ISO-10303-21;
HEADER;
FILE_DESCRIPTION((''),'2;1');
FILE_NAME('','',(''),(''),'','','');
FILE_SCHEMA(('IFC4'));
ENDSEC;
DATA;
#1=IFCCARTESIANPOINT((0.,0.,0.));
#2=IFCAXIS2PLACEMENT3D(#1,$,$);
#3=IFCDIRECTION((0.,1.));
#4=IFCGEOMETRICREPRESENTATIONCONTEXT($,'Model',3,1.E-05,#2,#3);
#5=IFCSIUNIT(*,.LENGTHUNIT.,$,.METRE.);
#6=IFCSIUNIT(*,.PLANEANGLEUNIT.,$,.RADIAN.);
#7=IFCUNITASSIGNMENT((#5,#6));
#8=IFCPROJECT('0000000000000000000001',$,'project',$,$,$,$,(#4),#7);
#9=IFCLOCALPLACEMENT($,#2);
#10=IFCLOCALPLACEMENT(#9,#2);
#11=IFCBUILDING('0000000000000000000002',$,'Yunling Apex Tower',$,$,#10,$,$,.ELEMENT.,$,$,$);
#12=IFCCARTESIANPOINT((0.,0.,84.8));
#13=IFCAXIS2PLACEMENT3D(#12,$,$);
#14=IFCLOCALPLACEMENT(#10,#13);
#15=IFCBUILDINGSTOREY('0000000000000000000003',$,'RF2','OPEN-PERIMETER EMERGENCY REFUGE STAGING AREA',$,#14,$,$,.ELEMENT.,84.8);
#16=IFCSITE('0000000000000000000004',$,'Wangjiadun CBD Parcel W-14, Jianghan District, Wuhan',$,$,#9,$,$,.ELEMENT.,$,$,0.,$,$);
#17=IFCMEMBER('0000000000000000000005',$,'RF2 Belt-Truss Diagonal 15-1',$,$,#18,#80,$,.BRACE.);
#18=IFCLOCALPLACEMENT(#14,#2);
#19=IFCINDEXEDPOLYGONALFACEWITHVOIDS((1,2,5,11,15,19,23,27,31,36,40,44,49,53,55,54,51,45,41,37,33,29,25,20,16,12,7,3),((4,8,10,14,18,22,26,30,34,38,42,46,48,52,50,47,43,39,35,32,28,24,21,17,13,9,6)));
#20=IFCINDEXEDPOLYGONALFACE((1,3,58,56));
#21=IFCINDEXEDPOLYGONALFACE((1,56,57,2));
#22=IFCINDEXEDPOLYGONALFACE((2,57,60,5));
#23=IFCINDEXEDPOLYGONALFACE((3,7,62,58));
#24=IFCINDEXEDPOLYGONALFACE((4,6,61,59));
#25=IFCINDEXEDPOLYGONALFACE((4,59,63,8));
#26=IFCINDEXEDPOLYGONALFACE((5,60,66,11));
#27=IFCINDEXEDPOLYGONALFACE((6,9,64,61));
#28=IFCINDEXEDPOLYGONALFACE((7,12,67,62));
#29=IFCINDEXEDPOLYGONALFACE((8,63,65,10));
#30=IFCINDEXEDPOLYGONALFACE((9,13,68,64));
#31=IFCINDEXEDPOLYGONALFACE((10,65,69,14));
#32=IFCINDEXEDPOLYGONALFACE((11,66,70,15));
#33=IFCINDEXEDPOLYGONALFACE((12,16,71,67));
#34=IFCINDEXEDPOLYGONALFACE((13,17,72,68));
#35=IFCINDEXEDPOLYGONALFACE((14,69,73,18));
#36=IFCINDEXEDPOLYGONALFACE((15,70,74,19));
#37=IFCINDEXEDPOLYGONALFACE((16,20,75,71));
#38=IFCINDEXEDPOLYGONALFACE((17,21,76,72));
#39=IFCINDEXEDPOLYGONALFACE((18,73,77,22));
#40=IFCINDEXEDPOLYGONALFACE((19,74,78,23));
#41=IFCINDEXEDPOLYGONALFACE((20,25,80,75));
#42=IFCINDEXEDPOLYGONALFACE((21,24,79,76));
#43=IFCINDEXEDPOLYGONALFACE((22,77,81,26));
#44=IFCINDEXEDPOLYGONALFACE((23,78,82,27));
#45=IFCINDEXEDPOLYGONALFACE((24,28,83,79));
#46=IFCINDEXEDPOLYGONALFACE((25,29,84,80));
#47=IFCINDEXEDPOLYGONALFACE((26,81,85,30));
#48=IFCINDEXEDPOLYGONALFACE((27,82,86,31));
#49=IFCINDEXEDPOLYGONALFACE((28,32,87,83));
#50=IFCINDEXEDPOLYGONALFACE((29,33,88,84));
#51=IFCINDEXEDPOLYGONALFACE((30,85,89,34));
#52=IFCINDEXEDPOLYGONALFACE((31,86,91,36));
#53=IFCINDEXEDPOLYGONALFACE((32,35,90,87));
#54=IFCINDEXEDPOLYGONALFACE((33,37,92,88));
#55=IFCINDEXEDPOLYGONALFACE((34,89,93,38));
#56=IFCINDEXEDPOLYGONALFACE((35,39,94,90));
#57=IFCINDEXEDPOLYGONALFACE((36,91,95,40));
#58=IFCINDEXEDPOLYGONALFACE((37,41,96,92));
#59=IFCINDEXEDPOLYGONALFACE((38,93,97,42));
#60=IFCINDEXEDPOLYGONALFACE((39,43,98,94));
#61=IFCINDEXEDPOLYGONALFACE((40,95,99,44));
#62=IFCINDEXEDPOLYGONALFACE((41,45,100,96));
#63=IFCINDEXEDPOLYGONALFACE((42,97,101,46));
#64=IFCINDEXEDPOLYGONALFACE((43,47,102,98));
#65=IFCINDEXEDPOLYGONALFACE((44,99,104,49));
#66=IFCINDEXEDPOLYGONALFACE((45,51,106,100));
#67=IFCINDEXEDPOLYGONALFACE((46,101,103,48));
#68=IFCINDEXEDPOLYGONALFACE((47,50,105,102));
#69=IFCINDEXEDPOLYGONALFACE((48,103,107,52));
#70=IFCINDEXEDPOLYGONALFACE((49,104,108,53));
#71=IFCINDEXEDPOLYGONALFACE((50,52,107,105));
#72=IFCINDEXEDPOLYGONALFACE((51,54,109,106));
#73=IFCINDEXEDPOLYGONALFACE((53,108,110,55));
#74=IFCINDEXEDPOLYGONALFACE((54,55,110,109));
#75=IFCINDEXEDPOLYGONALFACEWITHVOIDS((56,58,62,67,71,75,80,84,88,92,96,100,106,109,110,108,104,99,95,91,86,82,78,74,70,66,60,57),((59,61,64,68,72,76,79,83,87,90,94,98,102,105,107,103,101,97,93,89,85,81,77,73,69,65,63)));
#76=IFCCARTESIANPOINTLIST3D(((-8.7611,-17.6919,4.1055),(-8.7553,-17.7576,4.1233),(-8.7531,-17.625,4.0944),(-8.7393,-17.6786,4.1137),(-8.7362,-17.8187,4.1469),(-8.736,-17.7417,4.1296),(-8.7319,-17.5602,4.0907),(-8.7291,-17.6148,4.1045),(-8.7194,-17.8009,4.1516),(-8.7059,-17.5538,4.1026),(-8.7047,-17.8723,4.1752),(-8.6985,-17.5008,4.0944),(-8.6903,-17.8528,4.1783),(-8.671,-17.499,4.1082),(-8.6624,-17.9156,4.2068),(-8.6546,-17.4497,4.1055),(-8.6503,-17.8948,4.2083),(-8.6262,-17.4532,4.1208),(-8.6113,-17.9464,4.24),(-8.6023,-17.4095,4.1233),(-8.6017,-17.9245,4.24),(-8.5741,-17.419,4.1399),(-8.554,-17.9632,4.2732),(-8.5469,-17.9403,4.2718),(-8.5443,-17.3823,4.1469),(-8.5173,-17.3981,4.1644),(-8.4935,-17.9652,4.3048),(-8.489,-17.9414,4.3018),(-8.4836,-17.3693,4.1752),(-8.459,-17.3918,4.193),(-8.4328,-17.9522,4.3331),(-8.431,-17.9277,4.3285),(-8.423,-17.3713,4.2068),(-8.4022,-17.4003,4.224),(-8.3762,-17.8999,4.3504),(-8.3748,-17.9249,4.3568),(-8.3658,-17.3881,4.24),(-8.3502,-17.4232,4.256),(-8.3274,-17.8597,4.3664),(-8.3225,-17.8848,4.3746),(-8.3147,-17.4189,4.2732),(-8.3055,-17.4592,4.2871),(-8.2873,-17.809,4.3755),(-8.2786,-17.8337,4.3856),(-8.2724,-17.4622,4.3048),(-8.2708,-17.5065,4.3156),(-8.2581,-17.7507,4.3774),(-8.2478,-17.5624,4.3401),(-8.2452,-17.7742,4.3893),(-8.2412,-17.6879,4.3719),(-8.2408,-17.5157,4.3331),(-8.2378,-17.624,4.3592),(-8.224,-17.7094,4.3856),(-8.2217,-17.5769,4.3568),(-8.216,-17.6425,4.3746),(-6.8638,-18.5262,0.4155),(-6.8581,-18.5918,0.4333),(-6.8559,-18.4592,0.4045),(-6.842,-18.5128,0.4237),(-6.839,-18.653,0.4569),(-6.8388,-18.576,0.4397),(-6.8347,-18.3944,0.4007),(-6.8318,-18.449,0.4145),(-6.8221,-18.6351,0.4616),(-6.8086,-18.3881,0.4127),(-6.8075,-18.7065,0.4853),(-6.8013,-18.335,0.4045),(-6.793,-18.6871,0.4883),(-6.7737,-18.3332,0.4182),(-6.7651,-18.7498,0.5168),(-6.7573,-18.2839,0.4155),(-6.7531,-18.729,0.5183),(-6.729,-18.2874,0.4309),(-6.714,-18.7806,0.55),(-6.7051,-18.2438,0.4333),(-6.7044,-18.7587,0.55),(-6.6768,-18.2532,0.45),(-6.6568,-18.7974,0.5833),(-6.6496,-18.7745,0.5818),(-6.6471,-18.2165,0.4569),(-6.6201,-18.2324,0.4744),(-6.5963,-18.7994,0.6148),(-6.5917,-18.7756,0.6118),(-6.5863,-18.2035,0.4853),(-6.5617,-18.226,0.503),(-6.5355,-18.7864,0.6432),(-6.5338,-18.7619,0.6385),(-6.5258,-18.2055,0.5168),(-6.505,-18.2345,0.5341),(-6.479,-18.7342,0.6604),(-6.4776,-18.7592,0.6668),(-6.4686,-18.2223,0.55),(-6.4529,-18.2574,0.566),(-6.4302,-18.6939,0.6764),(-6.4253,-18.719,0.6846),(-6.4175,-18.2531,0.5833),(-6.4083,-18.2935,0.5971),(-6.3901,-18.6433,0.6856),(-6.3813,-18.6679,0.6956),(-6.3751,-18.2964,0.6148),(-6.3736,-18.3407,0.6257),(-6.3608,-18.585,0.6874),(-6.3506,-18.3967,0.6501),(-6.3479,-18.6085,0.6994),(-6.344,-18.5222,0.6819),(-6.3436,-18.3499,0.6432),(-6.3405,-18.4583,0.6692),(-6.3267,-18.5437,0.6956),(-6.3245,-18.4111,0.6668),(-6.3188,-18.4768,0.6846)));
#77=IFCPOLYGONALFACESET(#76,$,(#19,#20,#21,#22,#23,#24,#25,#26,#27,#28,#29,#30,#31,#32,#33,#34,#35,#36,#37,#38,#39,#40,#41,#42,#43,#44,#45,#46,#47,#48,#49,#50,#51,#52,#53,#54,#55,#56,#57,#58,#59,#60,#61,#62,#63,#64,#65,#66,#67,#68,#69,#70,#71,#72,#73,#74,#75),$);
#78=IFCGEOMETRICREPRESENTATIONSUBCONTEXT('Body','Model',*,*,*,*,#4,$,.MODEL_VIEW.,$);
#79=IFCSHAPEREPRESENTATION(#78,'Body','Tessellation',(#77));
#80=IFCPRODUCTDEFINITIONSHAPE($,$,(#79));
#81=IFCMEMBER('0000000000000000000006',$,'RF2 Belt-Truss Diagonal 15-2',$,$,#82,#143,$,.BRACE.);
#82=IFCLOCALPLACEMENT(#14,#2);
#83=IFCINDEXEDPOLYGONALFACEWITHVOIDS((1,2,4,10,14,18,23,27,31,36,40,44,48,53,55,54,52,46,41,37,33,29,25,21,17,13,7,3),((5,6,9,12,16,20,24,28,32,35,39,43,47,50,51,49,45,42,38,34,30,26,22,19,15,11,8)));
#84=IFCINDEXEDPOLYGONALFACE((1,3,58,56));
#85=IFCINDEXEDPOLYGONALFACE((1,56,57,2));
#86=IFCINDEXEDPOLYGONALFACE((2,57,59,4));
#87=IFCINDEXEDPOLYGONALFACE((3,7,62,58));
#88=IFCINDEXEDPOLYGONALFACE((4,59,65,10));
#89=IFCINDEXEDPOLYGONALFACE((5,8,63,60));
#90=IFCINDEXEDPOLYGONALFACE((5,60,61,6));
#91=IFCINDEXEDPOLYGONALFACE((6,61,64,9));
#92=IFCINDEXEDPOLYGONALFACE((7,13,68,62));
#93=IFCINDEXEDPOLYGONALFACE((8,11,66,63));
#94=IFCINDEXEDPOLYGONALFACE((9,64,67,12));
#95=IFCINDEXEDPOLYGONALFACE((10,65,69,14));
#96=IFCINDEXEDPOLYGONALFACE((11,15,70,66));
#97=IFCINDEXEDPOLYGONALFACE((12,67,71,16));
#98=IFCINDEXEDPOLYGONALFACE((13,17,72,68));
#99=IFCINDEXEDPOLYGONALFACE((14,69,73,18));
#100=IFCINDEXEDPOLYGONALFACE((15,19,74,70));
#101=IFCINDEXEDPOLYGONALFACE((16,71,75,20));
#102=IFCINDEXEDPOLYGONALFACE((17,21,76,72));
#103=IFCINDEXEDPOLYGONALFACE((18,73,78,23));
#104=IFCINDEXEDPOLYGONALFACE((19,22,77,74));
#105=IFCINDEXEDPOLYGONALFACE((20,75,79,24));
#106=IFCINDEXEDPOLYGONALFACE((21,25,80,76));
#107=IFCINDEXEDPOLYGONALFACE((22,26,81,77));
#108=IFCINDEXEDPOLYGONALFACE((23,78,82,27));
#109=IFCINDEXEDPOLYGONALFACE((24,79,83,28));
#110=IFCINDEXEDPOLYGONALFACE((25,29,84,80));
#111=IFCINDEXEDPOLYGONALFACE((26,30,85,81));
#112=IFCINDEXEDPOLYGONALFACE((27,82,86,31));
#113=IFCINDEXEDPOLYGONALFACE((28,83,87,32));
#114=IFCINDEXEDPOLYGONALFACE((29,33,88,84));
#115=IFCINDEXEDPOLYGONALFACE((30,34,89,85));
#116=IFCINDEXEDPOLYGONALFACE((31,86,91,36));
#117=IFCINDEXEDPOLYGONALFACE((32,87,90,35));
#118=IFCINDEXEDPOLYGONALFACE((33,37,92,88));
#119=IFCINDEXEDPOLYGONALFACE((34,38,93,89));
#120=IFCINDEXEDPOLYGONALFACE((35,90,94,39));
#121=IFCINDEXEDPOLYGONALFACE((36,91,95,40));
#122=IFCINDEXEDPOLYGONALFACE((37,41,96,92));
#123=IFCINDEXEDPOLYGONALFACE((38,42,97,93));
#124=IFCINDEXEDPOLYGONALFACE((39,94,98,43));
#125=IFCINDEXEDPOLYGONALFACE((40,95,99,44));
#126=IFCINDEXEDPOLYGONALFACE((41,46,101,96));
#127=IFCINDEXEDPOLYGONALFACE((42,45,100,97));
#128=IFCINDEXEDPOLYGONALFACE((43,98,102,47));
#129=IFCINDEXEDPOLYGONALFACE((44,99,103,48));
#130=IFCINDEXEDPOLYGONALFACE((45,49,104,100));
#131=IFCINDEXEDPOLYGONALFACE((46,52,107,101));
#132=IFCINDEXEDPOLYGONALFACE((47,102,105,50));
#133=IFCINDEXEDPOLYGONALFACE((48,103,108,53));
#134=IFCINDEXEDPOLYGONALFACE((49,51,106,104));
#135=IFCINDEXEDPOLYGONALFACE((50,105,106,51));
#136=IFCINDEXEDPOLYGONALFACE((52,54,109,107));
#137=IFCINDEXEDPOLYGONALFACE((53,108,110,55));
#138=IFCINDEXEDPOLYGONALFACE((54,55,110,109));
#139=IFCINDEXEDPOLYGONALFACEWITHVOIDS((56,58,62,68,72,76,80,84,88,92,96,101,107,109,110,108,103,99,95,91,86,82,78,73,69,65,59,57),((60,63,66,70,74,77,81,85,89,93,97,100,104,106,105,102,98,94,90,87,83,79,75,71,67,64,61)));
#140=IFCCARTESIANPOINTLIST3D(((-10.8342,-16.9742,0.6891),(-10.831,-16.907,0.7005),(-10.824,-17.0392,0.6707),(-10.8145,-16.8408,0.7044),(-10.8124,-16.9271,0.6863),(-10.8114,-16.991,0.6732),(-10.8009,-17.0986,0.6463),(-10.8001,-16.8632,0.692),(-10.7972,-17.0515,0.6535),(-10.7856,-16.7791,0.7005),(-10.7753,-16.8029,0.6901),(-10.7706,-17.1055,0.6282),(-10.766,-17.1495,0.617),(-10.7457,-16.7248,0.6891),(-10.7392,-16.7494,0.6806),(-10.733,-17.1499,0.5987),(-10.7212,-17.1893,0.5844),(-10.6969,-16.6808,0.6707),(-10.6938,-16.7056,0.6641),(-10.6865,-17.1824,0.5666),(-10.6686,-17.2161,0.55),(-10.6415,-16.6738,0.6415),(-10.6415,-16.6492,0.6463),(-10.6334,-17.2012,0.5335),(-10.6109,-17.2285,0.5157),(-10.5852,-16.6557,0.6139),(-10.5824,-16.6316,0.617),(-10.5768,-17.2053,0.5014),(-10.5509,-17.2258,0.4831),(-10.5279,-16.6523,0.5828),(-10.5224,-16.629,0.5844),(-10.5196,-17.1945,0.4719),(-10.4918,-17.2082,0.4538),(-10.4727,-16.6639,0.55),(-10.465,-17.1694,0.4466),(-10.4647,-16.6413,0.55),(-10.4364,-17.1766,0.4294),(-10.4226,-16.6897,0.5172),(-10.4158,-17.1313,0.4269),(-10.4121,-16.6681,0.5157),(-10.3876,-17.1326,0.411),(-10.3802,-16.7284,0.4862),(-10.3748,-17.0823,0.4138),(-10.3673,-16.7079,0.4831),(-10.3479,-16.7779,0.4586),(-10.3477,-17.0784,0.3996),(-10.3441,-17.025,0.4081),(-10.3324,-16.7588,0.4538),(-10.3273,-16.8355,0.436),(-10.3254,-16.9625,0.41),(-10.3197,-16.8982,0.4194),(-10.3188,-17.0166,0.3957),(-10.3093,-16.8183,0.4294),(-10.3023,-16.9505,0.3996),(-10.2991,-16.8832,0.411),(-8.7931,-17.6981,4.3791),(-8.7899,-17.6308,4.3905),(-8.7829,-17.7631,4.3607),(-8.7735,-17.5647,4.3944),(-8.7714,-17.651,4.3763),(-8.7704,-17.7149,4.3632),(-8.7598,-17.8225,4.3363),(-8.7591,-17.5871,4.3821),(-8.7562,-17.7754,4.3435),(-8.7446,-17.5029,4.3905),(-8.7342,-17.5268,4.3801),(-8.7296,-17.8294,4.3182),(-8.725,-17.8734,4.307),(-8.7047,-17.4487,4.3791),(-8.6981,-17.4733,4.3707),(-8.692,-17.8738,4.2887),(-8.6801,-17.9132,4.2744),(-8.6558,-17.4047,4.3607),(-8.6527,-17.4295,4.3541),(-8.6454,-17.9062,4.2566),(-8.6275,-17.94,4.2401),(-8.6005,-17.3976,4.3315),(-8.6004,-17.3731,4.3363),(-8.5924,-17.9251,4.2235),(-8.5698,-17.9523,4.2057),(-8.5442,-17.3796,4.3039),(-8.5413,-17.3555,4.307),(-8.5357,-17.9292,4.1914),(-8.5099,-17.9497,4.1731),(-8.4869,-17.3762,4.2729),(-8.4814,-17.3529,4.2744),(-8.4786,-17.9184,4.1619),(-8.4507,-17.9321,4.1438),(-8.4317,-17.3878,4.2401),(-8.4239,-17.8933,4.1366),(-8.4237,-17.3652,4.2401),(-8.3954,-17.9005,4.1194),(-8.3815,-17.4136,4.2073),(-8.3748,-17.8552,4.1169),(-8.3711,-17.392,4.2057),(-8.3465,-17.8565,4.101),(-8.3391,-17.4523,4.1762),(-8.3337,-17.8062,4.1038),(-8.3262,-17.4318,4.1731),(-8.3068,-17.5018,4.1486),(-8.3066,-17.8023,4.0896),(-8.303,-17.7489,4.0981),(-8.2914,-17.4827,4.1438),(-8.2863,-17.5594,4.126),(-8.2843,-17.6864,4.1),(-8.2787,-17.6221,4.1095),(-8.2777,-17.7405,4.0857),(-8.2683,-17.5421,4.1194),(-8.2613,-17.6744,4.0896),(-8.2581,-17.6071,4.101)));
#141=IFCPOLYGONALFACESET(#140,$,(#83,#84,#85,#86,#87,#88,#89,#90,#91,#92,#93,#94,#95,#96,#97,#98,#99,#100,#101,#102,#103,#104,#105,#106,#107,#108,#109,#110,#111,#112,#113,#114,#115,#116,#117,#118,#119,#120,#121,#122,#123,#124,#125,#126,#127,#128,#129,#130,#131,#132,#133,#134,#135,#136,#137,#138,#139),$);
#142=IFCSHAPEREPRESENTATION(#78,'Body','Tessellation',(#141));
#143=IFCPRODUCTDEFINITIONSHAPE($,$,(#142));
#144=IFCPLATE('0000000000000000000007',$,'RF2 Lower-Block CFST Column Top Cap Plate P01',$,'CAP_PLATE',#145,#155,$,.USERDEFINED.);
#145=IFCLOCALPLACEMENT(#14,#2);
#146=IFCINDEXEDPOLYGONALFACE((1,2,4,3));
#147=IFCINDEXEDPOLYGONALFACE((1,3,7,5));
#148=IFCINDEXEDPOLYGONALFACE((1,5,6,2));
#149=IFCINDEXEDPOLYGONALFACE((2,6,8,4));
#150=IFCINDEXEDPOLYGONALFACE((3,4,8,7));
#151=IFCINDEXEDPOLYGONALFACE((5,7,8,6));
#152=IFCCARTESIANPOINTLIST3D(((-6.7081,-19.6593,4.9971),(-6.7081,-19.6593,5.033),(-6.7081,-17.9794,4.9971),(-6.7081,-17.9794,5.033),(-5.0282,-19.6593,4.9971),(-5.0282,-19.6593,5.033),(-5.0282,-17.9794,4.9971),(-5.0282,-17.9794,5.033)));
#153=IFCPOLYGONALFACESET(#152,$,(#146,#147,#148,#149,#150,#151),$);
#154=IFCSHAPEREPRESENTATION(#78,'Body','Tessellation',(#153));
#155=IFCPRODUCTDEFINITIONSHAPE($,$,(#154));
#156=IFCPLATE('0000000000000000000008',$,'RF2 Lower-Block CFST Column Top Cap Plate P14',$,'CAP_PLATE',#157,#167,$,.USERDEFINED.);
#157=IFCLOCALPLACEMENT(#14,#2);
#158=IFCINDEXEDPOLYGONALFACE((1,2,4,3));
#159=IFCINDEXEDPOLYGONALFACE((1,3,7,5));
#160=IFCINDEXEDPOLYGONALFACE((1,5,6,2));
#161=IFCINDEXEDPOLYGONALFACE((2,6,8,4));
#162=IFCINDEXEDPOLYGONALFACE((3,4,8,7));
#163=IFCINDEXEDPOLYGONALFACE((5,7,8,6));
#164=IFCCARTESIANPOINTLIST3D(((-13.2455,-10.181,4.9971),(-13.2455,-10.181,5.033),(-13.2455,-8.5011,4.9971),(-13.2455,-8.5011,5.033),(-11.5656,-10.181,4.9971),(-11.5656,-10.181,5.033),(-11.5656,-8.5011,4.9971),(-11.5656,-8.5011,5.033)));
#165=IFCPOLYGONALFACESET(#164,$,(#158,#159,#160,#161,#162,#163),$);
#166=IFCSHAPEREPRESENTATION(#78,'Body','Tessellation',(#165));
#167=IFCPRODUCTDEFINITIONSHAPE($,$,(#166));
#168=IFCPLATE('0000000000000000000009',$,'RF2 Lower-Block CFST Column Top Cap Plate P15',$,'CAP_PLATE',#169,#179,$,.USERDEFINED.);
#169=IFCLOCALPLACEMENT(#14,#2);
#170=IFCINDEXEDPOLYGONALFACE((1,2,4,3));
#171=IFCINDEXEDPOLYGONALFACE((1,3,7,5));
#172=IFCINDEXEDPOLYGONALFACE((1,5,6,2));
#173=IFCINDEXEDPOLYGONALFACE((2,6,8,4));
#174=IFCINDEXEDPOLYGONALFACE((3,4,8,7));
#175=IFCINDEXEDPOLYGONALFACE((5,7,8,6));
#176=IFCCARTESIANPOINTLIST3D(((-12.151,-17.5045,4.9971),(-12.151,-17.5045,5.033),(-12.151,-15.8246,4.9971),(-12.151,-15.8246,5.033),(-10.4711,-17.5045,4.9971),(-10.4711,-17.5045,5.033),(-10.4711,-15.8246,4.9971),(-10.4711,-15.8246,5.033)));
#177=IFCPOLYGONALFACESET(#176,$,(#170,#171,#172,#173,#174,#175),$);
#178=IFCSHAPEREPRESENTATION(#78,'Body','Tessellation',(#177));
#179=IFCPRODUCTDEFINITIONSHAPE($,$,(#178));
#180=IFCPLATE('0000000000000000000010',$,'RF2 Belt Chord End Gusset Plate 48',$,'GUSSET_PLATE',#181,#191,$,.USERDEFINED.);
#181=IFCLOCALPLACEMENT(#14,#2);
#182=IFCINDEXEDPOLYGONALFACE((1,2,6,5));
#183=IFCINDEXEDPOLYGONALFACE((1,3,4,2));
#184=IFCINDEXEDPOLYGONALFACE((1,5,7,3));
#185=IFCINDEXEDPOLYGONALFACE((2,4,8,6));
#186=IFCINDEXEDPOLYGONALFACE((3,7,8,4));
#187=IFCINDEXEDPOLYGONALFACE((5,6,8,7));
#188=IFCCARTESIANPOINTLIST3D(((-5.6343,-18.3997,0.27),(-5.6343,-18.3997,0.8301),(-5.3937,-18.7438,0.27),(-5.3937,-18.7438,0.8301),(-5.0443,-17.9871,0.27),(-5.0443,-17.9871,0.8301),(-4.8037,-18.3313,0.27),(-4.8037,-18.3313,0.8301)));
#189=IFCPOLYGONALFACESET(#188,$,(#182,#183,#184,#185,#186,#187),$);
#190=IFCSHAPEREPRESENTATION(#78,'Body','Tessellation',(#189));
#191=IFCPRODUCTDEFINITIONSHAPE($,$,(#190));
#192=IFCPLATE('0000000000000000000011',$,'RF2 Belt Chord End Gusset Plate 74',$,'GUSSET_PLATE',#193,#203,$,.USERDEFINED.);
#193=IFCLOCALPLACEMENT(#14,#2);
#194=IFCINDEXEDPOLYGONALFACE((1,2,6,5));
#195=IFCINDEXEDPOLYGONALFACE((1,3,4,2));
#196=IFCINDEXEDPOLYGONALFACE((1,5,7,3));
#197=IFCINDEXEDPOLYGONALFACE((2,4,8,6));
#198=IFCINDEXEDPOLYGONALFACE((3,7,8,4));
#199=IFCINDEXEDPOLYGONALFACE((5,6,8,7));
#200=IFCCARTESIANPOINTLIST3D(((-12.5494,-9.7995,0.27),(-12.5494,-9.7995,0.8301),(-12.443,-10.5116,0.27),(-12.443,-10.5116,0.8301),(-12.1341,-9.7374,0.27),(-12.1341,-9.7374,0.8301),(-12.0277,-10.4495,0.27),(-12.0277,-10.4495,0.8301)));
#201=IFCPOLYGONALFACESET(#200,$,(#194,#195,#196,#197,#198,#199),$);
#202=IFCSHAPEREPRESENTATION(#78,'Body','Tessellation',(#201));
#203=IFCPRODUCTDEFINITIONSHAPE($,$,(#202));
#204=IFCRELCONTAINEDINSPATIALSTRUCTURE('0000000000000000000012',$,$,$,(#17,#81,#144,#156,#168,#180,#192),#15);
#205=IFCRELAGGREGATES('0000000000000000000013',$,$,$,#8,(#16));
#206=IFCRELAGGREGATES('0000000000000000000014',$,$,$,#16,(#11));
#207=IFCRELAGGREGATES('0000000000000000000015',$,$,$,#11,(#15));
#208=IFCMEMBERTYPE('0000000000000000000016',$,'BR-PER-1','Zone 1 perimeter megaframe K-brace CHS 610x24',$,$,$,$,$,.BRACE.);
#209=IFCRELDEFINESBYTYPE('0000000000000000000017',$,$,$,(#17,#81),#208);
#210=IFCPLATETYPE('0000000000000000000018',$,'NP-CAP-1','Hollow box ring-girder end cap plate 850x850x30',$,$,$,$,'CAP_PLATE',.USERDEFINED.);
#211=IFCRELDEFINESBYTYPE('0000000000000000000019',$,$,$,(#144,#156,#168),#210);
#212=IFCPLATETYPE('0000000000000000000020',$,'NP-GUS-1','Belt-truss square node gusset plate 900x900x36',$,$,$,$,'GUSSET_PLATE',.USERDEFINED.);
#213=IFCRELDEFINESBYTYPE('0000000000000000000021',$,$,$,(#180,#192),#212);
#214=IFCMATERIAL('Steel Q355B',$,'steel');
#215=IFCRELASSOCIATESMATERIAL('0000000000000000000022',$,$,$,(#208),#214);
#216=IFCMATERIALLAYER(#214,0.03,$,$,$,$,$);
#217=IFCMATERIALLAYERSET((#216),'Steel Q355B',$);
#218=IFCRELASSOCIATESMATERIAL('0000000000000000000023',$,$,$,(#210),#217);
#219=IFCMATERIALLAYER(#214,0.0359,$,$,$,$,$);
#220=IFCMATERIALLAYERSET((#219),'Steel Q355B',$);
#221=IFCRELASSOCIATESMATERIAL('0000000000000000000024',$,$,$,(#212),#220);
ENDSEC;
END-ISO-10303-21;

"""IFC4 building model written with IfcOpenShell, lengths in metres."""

from ifc_helpers import new_model, si_unit, direction, frame, origin, origin_2d, place, context, subcontext, project, spatial, rectangle, hollow_circle, extrude, source, transform, mapped, material, layer, layer_set, material_profile, profile_set, type_object, element, save


model = new_model("IFC4")

# Units and contexts
model_context = context("Model", 3, precision=1e-05, world=origin(), true_north=direction((0.0, 1.0)))
body_context = subcontext(model_context, "Body", "Model", "MODEL_VIEW")
ifc_project = project(units=[si_unit("LENGTHUNIT", "METRE"), si_unit("PLANEANGLEUNIT", "RADIAN")], contexts=[model_context])

# Site, building, storey
site_placement = place(None, origin())
site = spatial("IfcSite", under=ifc_project, at=site_placement, Name="Wangjiadun CBD Parcel W-14, Jianghan District, Wuhan", CompositionType="ELEMENT", RefElevation=0.0)
building_placement = place(site_placement, origin())
building = spatial("IfcBuilding", under=site, at=building_placement, Name="Yunling Apex Tower", CompositionType="ELEMENT")
storey_placement = place(building_placement, frame((0.0, 0.0, 84.8)))
storey = spatial("IfcBuildingStorey", under=building, at=storey_placement, Name="RF2", Description="OPEN-PERIMETER EMERGENCY REFUGE STAGING AREA", CompositionType="ELEMENT", Elevation=84.8)

# Members
ifc_material_1 = material(Name="Steel Q355B", Category="steel")
ifc_material_profile_1 = material_profile(ifc_material_1, hollow_circle(Radius=0.3049, WallThickness=0.0239, at=origin_2d()))
ifc_profile_set_1 = profile_set([ifc_material_profile_1], Name="Steel Q355B")
member_type_1 = type_object("IfcMemberType", Name="BR-PER-1", Description="Zone 1 perimeter megaframe K-brace CHS 610x24", PredefinedType="BRACE", material=ifc_profile_set_1)
shared_shape_1 = source(origin(), body_context, "Body", "SweptSolid", [
    extrude(hollow_circle(Radius=0.3049, WallThickness=0.0239, at=origin_2d()), origin(), (0.0, 0.0, 1.0), 4.2322),
])
member_1_placement = place(storey_placement, frame((-6.5913, -18.5015, 0.55), z_axis=(-0.448287, 0.197117, 0.871885), x_axis=(-0.402518, -0.915412, 0.0)))
element("IfcMember", 1, at=member_1_placement, inside=storey, type_object=member_type_1, Name="RF2 Belt-Truss Diagonal 15-1", PredefinedType="BRACE", context=body_context, shape_type="MappedRepresentation", body=[
    mapped(shared_shape_1, transform((0.0, 0.0, 0.0), scale=1.0)),
])
shared_shape_2 = source(origin(), body_context, "Body", "SweptSolid", [
    extrude(hollow_circle(Radius=0.3049, WallThickness=0.0239, at=origin_2d()), origin(), (0.0, 0.0, 1.0), 4.2786),
])
member_2_placement = place(storey_placement, frame((-10.5667, -16.9287, 0.55), z_axis=(0.477042, -0.16919, 0.862442), x_axis=(0.334264, 0.942479, 0.0)))
element("IfcMember", 2, at=member_2_placement, inside=storey, type_object=member_type_1, Name="RF2 Belt-Truss Diagonal 15-2", PredefinedType="BRACE", context=body_context, shape_type="MappedRepresentation", body=[
    mapped(shared_shape_2, transform((0.0, 0.0, 0.0), scale=1.0)),
])

# Plates
ifc_layer_1 = layer(ifc_material_1, 0.03)
ifc_layer_set_1 = layer_set([ifc_layer_1], Name="Steel Q355B")
plate_type_1 = type_object("IfcPlateType", Name="NP-CAP-1", Description="Hollow box ring-girder end cap plate 850x850x30", ElementType="CAP_PLATE", PredefinedType="USERDEFINED", material=ifc_layer_set_1)
shared_shape_3 = source(origin(), body_context, "Body", "SweptSolid", [
    extrude(rectangle(XDim=1.6799, YDim=1.6799, at=origin_2d()), origin(), (0.0, 0.0, 1.0), 0.0359),
])
for number, where, z_axis, x_axis, name in (
    (3, (-5.8682, -18.8193, 4.9971), (0.0, 0.0, 1.0), (1.0, 0.0, 0.0), "RF2 Lower-Block CFST Column Top Cap Plate P01"),
    (4, (-12.4055, -9.3411, 4.9971), (0.0, 0.0, 1.0), (1.0, 0.0, 0.0), "RF2 Lower-Block CFST Column Top Cap Plate P14"),
    (5, (-11.311, -16.6646, 4.9971), (0.0, 0.0, 1.0), (1.0, 0.0, 0.0), "RF2 Lower-Block CFST Column Top Cap Plate P15"),
):
    element("IfcPlate", number, at=place(storey_placement, frame(where, z_axis=z_axis, x_axis=x_axis)), inside=storey, type_object=plate_type_1, Name=name, ObjectType="CAP_PLATE", PredefinedType="USERDEFINED", context=body_context, shape_type="MappedRepresentation", body=[
        mapped(shared_shape_3, transform((0.0, 0.0, 0.0), scale=1.0)),
    ])
ifc_layer_2 = layer(ifc_material_1, 0.0359)
ifc_layer_set_2 = layer_set([ifc_layer_2], Name="Steel Q355B")
plate_type_2 = type_object("IfcPlateType", Name="NP-GUS-1", Description="Belt-truss square node gusset plate 900x900x36", ElementType="GUSSET_PLATE", PredefinedType="USERDEFINED", material=ifc_layer_set_2)
shared_shape_4 = source(origin(), body_context, "Body", "SweptSolid", [
    extrude(rectangle(XDim=0.72, YDim=0.4199, at=origin_2d()), origin(), (0.0, 0.0, 1.0), 0.5601),
])
for number, where, z_axis, x_axis, name in (
    (6, (-5.219, -18.3655, 0.27), (0.0, 0.0, 1.0), (0.819552, 0.573004, 0.0), "RF2 Belt Chord End Gusset Plate 48"),
    (7, (-12.2886, -10.1245, 0.27), (0.0, 0.0, 1.0), (0.147809, -0.989016, 0.0), "RF2 Belt Chord End Gusset Plate 74"),
):
    element("IfcPlate", number, at=place(storey_placement, frame(where, z_axis=z_axis, x_axis=x_axis)), inside=storey, type_object=plate_type_2, Name=name, ObjectType="GUSSET_PLATE", PredefinedType="USERDEFINED", context=body_context, shape_type="MappedRepresentation", body=[
        mapped(shared_shape_4, transform((0.0, 0.0, 0.0), scale=1.0)),
    ])

save(model, "model.ifc")
